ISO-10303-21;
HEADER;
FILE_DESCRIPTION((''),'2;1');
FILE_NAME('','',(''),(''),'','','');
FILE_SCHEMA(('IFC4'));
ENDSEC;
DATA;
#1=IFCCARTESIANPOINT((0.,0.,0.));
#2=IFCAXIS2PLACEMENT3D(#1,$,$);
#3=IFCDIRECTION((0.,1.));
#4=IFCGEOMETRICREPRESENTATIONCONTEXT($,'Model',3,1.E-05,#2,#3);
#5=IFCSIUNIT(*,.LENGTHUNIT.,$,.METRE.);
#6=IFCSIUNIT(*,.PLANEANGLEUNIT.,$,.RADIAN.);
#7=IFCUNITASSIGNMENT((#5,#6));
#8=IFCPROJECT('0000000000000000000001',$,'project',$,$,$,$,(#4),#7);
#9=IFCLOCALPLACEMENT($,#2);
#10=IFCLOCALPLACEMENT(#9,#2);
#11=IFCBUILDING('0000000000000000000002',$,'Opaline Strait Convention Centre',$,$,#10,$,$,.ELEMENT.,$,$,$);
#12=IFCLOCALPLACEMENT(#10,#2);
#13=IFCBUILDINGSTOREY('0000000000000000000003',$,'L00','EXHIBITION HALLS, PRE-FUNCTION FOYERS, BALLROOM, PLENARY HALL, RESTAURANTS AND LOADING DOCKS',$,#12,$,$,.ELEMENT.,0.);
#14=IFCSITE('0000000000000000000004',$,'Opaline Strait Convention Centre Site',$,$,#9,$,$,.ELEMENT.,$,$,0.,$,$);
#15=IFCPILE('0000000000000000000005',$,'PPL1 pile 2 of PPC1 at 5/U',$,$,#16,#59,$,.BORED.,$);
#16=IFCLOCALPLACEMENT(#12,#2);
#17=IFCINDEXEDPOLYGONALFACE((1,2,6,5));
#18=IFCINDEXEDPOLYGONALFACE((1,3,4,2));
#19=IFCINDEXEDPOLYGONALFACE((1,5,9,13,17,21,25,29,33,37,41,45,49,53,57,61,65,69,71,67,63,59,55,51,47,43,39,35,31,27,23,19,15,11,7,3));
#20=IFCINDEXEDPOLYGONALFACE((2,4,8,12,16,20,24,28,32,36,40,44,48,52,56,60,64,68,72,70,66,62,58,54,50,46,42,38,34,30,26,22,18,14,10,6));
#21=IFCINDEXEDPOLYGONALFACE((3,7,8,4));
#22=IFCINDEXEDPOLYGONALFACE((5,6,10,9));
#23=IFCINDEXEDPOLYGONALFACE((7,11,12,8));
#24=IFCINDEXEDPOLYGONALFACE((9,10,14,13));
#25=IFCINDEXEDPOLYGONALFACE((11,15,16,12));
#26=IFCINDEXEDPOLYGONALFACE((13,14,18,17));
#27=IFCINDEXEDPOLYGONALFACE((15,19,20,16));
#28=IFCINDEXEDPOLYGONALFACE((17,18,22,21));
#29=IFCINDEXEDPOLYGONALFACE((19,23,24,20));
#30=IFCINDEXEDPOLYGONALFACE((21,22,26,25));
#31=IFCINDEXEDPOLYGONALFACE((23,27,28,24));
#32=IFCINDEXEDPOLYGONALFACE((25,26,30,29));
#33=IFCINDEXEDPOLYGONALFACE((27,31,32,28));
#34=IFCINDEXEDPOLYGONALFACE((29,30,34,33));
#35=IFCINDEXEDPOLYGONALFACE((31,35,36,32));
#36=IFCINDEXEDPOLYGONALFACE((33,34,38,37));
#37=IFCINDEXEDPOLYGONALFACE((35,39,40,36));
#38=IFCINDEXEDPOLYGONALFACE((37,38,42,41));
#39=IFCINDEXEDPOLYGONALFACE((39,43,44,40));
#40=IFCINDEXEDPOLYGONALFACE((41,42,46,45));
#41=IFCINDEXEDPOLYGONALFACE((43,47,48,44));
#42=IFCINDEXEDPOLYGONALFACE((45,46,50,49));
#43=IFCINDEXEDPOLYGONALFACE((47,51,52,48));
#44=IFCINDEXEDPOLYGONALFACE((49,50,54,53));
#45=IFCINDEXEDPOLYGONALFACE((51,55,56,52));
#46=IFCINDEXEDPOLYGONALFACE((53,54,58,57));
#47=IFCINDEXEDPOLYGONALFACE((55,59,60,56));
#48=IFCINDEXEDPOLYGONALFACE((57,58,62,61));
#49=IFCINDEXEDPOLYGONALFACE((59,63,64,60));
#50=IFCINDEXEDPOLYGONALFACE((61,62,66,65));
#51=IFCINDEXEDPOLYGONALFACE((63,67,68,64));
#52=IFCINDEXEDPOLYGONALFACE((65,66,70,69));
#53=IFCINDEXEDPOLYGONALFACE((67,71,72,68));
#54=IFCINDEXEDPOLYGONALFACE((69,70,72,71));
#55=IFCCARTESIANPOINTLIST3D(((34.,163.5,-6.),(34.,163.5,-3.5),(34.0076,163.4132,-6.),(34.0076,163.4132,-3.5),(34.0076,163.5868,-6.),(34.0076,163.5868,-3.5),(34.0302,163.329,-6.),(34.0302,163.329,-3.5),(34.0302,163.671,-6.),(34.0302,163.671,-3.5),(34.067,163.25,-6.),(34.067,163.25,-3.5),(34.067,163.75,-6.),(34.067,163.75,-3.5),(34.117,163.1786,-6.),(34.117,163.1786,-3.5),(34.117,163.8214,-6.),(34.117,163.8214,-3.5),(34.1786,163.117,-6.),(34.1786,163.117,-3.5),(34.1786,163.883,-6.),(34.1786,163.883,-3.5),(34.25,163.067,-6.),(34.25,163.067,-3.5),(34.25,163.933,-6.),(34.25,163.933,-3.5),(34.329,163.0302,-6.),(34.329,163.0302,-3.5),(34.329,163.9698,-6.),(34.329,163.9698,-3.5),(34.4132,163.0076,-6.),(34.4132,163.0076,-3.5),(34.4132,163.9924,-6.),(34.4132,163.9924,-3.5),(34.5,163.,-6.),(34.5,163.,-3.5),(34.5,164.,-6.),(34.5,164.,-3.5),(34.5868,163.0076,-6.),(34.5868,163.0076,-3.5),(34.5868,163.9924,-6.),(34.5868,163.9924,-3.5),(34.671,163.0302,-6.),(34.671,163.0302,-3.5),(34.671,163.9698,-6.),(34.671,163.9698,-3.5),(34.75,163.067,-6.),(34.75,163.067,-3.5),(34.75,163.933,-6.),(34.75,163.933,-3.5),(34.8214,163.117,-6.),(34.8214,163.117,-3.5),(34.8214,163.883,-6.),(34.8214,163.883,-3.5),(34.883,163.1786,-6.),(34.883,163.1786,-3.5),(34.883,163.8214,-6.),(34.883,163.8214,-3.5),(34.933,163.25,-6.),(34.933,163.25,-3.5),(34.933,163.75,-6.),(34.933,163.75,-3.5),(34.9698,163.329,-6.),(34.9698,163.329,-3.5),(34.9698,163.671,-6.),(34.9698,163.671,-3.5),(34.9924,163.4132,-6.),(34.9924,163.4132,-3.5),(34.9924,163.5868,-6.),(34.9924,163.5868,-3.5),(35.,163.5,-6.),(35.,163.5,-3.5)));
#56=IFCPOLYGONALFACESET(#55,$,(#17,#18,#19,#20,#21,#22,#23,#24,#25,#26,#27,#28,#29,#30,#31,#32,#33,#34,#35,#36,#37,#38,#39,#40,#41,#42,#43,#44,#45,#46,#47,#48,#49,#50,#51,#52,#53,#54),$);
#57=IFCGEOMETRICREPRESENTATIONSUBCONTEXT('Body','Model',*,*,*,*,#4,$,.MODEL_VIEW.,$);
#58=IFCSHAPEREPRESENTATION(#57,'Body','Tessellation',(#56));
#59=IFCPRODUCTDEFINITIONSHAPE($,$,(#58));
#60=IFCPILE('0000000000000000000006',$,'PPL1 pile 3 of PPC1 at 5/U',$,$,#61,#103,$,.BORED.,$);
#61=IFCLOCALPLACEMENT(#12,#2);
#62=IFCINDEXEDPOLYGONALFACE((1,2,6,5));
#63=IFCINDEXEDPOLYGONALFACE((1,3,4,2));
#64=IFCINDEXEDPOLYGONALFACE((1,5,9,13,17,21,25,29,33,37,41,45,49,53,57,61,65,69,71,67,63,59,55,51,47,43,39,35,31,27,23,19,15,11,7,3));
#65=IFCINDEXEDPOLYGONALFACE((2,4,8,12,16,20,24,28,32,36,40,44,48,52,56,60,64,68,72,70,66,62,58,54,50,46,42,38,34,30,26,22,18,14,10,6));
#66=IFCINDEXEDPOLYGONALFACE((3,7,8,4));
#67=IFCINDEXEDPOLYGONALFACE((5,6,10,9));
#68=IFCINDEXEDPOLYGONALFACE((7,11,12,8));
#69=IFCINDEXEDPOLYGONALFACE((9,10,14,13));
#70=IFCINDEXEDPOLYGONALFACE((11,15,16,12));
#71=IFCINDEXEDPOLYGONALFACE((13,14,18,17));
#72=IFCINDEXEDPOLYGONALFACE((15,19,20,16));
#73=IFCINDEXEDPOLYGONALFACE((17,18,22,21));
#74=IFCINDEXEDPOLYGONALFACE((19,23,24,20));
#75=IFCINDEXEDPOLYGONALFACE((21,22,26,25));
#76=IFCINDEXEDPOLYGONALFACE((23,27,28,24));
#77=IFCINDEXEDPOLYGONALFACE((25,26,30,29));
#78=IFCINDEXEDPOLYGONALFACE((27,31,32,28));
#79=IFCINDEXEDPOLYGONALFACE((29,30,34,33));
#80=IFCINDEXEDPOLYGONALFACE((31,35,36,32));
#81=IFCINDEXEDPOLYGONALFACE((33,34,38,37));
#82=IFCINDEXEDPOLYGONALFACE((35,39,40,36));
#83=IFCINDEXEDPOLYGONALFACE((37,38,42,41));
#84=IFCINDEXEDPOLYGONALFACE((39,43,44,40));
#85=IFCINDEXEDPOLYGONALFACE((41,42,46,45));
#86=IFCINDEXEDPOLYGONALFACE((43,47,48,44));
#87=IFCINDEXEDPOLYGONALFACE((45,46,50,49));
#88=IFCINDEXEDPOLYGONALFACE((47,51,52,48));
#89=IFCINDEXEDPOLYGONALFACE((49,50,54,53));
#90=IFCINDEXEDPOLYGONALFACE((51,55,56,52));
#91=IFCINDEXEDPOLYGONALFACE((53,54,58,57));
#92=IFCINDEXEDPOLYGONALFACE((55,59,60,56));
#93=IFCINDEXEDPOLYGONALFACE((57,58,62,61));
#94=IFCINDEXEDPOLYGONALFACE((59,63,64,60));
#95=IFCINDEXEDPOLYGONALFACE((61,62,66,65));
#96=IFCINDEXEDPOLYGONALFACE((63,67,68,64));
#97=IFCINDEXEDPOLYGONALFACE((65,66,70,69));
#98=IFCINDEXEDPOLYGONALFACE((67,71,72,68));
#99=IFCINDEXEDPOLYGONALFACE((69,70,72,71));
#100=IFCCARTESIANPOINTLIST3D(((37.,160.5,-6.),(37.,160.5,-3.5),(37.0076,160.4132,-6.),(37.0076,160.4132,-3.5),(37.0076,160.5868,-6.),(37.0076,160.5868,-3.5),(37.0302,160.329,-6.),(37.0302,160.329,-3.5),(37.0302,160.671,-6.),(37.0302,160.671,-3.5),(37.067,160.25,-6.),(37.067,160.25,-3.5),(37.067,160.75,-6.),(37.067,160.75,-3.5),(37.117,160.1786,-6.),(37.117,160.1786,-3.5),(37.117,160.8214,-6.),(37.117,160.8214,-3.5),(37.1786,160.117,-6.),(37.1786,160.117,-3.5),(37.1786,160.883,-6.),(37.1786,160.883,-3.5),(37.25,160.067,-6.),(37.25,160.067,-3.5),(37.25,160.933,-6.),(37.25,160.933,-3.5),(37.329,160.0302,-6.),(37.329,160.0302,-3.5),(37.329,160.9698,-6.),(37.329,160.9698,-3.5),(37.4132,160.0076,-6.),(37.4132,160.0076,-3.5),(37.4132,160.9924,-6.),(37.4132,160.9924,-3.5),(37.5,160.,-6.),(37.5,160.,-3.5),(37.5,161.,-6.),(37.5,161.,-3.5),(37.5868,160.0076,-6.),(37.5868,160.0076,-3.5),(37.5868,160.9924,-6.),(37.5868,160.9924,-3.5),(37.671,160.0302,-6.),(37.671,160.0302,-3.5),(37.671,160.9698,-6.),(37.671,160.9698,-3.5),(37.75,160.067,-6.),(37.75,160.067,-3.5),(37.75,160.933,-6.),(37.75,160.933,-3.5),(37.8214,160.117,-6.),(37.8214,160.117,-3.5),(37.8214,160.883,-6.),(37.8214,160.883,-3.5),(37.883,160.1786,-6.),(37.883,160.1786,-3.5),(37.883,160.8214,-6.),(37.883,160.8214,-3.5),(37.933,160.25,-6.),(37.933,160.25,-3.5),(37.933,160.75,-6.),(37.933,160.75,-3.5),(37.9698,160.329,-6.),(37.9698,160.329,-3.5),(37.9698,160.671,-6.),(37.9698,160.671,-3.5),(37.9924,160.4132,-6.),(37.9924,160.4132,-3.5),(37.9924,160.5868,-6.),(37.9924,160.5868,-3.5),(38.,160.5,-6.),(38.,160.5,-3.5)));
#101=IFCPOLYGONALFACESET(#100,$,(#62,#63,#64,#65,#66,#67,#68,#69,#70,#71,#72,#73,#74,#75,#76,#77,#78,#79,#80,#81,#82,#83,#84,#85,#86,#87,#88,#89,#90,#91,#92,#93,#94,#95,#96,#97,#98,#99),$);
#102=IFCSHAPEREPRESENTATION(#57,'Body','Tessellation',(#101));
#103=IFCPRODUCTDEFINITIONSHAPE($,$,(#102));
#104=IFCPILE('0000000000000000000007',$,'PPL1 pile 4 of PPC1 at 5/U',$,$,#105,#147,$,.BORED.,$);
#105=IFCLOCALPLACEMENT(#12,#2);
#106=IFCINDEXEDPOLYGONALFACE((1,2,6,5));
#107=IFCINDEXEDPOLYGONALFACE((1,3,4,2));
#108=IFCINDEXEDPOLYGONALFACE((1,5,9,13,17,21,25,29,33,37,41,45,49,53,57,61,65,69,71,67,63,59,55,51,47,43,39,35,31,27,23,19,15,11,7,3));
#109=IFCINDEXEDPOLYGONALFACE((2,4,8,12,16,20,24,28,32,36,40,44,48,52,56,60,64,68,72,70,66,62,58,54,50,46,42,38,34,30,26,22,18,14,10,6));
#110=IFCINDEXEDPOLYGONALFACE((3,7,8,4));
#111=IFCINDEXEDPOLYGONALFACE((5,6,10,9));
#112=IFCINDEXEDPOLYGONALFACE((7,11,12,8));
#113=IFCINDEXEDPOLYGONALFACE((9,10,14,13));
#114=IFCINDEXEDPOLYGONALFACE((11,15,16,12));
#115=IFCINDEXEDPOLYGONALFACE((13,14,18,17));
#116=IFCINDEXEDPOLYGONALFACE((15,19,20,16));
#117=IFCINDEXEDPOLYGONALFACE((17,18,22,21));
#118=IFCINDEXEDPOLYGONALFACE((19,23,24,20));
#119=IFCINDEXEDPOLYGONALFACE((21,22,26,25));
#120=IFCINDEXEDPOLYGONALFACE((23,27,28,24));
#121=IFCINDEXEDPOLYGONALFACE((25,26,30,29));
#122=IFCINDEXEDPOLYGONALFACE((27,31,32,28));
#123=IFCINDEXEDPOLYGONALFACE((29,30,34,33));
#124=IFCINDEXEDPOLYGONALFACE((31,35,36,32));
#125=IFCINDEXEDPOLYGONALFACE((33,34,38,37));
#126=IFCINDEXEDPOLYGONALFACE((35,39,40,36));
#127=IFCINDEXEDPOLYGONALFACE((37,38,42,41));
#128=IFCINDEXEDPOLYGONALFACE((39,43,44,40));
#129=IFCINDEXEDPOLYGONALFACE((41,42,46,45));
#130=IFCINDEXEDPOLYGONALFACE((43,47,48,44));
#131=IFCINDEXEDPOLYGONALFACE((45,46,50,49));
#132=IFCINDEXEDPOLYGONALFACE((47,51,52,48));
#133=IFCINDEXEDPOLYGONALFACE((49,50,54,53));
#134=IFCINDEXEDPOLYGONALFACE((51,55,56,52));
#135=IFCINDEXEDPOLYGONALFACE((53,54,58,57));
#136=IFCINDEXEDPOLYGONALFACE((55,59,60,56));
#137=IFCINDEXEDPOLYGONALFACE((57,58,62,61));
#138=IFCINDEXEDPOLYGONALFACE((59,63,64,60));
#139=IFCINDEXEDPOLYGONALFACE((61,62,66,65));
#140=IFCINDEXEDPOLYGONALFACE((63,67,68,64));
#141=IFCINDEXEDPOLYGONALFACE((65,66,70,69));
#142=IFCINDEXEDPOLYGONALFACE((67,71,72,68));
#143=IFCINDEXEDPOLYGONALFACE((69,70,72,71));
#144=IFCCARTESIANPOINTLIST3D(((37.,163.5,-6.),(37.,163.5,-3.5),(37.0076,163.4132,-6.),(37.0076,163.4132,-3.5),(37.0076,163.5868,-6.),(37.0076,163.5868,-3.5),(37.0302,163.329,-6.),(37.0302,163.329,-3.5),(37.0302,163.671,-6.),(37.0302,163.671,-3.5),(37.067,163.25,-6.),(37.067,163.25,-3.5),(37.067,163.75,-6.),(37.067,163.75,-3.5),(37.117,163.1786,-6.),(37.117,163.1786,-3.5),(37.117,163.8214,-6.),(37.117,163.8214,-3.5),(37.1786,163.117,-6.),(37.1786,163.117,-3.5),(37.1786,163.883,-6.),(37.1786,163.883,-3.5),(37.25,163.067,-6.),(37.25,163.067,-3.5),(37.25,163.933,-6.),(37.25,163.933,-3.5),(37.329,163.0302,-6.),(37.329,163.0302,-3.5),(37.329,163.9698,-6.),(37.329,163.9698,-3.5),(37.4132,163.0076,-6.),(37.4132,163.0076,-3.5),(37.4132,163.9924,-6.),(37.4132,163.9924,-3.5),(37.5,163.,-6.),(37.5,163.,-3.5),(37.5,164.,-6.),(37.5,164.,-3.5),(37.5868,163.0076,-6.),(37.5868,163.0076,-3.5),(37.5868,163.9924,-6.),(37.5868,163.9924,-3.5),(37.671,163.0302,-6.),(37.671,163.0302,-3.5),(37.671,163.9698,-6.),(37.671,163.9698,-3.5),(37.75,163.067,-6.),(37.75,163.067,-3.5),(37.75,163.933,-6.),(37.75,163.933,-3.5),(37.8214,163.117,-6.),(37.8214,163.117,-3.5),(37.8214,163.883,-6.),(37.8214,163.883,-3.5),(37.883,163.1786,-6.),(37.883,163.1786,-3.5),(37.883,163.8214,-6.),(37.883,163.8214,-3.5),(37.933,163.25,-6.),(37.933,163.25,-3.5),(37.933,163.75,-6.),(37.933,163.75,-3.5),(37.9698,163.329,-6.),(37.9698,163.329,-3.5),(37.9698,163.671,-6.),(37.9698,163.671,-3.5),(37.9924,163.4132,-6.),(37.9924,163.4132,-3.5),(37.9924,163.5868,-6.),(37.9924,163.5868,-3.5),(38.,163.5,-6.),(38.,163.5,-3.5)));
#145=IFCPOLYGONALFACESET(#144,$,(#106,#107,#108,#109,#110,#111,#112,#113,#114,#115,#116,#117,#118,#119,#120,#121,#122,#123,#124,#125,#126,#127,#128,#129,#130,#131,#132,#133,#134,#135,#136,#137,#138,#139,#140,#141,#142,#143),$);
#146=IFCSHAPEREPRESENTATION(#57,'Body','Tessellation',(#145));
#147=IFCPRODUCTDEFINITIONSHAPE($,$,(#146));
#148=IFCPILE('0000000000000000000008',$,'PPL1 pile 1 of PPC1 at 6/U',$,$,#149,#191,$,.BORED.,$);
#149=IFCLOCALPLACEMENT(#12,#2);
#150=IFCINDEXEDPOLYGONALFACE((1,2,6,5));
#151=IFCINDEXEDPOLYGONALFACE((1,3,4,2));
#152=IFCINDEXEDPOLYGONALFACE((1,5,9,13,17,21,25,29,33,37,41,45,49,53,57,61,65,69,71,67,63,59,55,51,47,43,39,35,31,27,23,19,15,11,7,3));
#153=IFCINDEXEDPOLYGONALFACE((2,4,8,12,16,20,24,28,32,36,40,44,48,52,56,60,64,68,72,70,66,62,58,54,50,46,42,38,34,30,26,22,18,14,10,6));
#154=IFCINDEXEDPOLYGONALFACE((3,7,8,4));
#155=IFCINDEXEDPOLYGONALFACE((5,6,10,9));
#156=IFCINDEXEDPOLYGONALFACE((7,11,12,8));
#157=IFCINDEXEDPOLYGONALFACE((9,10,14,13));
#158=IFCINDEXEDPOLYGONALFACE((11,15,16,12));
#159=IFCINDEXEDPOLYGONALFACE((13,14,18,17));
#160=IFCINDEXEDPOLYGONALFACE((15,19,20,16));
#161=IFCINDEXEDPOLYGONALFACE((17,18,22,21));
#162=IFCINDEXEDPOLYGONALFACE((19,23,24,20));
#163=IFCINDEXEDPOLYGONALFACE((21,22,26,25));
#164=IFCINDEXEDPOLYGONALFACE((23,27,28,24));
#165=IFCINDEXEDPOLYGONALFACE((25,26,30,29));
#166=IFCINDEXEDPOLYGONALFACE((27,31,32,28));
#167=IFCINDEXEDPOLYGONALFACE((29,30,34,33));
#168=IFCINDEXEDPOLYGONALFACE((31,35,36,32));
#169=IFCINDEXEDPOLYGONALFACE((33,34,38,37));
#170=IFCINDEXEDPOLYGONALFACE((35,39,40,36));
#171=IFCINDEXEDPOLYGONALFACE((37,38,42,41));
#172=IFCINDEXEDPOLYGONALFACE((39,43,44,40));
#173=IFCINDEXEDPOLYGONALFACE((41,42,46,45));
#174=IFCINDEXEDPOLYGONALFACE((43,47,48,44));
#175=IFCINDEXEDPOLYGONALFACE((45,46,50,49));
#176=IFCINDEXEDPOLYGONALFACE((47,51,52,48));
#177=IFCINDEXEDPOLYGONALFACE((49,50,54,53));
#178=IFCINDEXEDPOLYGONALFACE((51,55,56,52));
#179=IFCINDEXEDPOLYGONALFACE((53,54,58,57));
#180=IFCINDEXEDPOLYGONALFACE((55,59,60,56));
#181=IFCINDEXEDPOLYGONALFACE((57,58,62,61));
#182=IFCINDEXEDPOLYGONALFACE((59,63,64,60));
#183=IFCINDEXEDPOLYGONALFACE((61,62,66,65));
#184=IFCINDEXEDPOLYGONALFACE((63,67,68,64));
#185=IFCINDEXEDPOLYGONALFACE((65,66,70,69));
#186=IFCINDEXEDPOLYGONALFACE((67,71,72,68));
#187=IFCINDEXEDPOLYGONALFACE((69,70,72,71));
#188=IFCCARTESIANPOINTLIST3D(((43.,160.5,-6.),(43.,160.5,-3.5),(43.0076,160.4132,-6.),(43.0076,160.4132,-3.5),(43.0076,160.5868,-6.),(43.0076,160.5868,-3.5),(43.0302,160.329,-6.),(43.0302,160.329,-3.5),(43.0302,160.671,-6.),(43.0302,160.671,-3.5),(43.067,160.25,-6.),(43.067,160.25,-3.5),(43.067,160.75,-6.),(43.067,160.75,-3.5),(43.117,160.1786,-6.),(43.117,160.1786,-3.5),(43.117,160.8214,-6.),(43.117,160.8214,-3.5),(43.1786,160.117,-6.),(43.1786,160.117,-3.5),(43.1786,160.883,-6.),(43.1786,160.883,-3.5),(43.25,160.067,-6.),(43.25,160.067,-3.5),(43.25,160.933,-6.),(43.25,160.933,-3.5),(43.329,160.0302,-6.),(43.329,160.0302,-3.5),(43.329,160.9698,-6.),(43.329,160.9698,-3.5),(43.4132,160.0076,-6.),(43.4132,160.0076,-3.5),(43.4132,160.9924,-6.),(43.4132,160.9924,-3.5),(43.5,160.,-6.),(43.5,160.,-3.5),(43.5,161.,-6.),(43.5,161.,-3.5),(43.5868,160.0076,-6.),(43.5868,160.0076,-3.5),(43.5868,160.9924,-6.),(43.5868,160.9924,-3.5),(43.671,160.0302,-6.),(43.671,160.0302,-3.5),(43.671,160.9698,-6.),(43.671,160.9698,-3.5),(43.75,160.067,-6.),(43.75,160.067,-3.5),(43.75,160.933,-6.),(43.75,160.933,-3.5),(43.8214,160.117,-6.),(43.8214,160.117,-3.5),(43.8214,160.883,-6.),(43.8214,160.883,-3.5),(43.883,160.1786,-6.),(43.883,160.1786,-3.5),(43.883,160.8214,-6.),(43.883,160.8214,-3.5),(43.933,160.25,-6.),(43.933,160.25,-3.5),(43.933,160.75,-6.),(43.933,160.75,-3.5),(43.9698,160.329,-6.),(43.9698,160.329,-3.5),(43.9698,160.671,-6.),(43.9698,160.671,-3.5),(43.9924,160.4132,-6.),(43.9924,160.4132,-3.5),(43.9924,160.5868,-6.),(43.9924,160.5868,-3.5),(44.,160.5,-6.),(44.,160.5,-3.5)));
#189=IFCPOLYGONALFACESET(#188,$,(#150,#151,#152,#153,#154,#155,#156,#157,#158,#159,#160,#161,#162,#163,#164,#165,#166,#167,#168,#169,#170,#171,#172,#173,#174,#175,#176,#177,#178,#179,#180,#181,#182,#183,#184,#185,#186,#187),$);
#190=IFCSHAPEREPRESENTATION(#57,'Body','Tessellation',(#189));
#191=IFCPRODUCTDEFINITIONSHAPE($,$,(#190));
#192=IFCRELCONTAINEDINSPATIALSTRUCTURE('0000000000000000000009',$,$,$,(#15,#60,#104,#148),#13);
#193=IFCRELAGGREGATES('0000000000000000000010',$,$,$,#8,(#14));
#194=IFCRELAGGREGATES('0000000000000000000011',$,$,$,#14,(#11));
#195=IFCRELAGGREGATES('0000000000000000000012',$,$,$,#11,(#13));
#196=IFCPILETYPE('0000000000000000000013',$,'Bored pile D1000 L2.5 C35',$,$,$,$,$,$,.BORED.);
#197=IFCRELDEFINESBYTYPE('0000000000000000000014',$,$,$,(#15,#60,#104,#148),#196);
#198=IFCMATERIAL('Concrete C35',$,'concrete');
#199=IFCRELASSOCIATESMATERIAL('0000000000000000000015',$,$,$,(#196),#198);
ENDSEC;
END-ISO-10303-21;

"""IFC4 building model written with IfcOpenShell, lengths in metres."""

from ifc_helpers import new_model, si_unit, direction, frame, origin, origin_2d, place, context, subcontext, project, spatial, circle, extrude, material, material_profile, profile_set, type_object, element, save


model = new_model("IFC4")

# Units and contexts
model_context = context("Model", 3, precision=1e-05, world=origin(), true_north=direction((0.0, 1.0)))
body_context = subcontext(model_context, "Body", "Model", "MODEL_VIEW")
ifc_project = project(units=[si_unit("LENGTHUNIT", "METRE"), si_unit("PLANEANGLEUNIT", "RADIAN")], contexts=[model_context])

# Site, building, storey
site_placement = place(None, origin())
site = spatial("IfcSite", under=ifc_project, at=site_placement, Name="Opaline Strait Convention Centre Site", CompositionType="ELEMENT", RefElevation=0.0)
building_placement = place(site_placement, origin())
building = spatial("IfcBuilding", under=site, at=building_placement, Name="Opaline Strait Convention Centre", CompositionType="ELEMENT")
storey_placement = place(building_placement, origin())
storey = spatial("IfcBuildingStorey", under=building, at=storey_placement, Name="L00", Description="EXHIBITION HALLS, PRE-FUNCTION FOYERS, BALLROOM, PLENARY HALL, RESTAURANTS AND LOADING DOCKS", CompositionType="ELEMENT", Elevation=0.0)

# Piles
ifc_material_1 = material(Name="Concrete C35", Category="concrete")
ifc_material_profile_1 = material_profile(ifc_material_1, circle(Radius=0.5, at=origin_2d()), Name="D1000")
ifc_profile_set_1 = profile_set([ifc_material_profile_1], Name="Concrete C35")
pile_type = type_object("IfcPileType", Name="Bored pile D1000 L2.5 C35", PredefinedType="BORED", material=ifc_profile_set_1)
for number, where, z_axis, x_axis, name in (
    (1, (34.5, 163.5, -3.5), (0.0, 0.0, -1.0), (1.0, 0.0, 0.0), "PPL1 pile 2 of PPC1 at 5/U"),
    (2, (37.5, 160.5, -3.5), (0.0, 0.0, -1.0), (1.0, 0.0, 0.0), "PPL1 pile 3 of PPC1 at 5/U"),
    (3, (37.5, 163.5, -3.5), (0.0, 0.0, -1.0), (1.0, 0.0, 0.0), "PPL1 pile 4 of PPC1 at 5/U"),
    (4, (43.5, 160.5, -3.5), (0.0, 0.0, -1.0), (1.0, 0.0, 0.0), "PPL1 pile 1 of PPC1 at 6/U"),
):
    element("IfcPile", number, at=place(storey_placement, frame(where, z_axis=z_axis, x_axis=x_axis)), inside=storey, type_object=pile_type, Name=name, PredefinedType="BORED", context=body_context, shape_type="SweptSolid", body=[
        extrude(circle(Radius=0.5, at=origin_2d()), origin(), (0.0, 0.0, 1.0), 2.5),
    ])

save(model, "model.ifc")
